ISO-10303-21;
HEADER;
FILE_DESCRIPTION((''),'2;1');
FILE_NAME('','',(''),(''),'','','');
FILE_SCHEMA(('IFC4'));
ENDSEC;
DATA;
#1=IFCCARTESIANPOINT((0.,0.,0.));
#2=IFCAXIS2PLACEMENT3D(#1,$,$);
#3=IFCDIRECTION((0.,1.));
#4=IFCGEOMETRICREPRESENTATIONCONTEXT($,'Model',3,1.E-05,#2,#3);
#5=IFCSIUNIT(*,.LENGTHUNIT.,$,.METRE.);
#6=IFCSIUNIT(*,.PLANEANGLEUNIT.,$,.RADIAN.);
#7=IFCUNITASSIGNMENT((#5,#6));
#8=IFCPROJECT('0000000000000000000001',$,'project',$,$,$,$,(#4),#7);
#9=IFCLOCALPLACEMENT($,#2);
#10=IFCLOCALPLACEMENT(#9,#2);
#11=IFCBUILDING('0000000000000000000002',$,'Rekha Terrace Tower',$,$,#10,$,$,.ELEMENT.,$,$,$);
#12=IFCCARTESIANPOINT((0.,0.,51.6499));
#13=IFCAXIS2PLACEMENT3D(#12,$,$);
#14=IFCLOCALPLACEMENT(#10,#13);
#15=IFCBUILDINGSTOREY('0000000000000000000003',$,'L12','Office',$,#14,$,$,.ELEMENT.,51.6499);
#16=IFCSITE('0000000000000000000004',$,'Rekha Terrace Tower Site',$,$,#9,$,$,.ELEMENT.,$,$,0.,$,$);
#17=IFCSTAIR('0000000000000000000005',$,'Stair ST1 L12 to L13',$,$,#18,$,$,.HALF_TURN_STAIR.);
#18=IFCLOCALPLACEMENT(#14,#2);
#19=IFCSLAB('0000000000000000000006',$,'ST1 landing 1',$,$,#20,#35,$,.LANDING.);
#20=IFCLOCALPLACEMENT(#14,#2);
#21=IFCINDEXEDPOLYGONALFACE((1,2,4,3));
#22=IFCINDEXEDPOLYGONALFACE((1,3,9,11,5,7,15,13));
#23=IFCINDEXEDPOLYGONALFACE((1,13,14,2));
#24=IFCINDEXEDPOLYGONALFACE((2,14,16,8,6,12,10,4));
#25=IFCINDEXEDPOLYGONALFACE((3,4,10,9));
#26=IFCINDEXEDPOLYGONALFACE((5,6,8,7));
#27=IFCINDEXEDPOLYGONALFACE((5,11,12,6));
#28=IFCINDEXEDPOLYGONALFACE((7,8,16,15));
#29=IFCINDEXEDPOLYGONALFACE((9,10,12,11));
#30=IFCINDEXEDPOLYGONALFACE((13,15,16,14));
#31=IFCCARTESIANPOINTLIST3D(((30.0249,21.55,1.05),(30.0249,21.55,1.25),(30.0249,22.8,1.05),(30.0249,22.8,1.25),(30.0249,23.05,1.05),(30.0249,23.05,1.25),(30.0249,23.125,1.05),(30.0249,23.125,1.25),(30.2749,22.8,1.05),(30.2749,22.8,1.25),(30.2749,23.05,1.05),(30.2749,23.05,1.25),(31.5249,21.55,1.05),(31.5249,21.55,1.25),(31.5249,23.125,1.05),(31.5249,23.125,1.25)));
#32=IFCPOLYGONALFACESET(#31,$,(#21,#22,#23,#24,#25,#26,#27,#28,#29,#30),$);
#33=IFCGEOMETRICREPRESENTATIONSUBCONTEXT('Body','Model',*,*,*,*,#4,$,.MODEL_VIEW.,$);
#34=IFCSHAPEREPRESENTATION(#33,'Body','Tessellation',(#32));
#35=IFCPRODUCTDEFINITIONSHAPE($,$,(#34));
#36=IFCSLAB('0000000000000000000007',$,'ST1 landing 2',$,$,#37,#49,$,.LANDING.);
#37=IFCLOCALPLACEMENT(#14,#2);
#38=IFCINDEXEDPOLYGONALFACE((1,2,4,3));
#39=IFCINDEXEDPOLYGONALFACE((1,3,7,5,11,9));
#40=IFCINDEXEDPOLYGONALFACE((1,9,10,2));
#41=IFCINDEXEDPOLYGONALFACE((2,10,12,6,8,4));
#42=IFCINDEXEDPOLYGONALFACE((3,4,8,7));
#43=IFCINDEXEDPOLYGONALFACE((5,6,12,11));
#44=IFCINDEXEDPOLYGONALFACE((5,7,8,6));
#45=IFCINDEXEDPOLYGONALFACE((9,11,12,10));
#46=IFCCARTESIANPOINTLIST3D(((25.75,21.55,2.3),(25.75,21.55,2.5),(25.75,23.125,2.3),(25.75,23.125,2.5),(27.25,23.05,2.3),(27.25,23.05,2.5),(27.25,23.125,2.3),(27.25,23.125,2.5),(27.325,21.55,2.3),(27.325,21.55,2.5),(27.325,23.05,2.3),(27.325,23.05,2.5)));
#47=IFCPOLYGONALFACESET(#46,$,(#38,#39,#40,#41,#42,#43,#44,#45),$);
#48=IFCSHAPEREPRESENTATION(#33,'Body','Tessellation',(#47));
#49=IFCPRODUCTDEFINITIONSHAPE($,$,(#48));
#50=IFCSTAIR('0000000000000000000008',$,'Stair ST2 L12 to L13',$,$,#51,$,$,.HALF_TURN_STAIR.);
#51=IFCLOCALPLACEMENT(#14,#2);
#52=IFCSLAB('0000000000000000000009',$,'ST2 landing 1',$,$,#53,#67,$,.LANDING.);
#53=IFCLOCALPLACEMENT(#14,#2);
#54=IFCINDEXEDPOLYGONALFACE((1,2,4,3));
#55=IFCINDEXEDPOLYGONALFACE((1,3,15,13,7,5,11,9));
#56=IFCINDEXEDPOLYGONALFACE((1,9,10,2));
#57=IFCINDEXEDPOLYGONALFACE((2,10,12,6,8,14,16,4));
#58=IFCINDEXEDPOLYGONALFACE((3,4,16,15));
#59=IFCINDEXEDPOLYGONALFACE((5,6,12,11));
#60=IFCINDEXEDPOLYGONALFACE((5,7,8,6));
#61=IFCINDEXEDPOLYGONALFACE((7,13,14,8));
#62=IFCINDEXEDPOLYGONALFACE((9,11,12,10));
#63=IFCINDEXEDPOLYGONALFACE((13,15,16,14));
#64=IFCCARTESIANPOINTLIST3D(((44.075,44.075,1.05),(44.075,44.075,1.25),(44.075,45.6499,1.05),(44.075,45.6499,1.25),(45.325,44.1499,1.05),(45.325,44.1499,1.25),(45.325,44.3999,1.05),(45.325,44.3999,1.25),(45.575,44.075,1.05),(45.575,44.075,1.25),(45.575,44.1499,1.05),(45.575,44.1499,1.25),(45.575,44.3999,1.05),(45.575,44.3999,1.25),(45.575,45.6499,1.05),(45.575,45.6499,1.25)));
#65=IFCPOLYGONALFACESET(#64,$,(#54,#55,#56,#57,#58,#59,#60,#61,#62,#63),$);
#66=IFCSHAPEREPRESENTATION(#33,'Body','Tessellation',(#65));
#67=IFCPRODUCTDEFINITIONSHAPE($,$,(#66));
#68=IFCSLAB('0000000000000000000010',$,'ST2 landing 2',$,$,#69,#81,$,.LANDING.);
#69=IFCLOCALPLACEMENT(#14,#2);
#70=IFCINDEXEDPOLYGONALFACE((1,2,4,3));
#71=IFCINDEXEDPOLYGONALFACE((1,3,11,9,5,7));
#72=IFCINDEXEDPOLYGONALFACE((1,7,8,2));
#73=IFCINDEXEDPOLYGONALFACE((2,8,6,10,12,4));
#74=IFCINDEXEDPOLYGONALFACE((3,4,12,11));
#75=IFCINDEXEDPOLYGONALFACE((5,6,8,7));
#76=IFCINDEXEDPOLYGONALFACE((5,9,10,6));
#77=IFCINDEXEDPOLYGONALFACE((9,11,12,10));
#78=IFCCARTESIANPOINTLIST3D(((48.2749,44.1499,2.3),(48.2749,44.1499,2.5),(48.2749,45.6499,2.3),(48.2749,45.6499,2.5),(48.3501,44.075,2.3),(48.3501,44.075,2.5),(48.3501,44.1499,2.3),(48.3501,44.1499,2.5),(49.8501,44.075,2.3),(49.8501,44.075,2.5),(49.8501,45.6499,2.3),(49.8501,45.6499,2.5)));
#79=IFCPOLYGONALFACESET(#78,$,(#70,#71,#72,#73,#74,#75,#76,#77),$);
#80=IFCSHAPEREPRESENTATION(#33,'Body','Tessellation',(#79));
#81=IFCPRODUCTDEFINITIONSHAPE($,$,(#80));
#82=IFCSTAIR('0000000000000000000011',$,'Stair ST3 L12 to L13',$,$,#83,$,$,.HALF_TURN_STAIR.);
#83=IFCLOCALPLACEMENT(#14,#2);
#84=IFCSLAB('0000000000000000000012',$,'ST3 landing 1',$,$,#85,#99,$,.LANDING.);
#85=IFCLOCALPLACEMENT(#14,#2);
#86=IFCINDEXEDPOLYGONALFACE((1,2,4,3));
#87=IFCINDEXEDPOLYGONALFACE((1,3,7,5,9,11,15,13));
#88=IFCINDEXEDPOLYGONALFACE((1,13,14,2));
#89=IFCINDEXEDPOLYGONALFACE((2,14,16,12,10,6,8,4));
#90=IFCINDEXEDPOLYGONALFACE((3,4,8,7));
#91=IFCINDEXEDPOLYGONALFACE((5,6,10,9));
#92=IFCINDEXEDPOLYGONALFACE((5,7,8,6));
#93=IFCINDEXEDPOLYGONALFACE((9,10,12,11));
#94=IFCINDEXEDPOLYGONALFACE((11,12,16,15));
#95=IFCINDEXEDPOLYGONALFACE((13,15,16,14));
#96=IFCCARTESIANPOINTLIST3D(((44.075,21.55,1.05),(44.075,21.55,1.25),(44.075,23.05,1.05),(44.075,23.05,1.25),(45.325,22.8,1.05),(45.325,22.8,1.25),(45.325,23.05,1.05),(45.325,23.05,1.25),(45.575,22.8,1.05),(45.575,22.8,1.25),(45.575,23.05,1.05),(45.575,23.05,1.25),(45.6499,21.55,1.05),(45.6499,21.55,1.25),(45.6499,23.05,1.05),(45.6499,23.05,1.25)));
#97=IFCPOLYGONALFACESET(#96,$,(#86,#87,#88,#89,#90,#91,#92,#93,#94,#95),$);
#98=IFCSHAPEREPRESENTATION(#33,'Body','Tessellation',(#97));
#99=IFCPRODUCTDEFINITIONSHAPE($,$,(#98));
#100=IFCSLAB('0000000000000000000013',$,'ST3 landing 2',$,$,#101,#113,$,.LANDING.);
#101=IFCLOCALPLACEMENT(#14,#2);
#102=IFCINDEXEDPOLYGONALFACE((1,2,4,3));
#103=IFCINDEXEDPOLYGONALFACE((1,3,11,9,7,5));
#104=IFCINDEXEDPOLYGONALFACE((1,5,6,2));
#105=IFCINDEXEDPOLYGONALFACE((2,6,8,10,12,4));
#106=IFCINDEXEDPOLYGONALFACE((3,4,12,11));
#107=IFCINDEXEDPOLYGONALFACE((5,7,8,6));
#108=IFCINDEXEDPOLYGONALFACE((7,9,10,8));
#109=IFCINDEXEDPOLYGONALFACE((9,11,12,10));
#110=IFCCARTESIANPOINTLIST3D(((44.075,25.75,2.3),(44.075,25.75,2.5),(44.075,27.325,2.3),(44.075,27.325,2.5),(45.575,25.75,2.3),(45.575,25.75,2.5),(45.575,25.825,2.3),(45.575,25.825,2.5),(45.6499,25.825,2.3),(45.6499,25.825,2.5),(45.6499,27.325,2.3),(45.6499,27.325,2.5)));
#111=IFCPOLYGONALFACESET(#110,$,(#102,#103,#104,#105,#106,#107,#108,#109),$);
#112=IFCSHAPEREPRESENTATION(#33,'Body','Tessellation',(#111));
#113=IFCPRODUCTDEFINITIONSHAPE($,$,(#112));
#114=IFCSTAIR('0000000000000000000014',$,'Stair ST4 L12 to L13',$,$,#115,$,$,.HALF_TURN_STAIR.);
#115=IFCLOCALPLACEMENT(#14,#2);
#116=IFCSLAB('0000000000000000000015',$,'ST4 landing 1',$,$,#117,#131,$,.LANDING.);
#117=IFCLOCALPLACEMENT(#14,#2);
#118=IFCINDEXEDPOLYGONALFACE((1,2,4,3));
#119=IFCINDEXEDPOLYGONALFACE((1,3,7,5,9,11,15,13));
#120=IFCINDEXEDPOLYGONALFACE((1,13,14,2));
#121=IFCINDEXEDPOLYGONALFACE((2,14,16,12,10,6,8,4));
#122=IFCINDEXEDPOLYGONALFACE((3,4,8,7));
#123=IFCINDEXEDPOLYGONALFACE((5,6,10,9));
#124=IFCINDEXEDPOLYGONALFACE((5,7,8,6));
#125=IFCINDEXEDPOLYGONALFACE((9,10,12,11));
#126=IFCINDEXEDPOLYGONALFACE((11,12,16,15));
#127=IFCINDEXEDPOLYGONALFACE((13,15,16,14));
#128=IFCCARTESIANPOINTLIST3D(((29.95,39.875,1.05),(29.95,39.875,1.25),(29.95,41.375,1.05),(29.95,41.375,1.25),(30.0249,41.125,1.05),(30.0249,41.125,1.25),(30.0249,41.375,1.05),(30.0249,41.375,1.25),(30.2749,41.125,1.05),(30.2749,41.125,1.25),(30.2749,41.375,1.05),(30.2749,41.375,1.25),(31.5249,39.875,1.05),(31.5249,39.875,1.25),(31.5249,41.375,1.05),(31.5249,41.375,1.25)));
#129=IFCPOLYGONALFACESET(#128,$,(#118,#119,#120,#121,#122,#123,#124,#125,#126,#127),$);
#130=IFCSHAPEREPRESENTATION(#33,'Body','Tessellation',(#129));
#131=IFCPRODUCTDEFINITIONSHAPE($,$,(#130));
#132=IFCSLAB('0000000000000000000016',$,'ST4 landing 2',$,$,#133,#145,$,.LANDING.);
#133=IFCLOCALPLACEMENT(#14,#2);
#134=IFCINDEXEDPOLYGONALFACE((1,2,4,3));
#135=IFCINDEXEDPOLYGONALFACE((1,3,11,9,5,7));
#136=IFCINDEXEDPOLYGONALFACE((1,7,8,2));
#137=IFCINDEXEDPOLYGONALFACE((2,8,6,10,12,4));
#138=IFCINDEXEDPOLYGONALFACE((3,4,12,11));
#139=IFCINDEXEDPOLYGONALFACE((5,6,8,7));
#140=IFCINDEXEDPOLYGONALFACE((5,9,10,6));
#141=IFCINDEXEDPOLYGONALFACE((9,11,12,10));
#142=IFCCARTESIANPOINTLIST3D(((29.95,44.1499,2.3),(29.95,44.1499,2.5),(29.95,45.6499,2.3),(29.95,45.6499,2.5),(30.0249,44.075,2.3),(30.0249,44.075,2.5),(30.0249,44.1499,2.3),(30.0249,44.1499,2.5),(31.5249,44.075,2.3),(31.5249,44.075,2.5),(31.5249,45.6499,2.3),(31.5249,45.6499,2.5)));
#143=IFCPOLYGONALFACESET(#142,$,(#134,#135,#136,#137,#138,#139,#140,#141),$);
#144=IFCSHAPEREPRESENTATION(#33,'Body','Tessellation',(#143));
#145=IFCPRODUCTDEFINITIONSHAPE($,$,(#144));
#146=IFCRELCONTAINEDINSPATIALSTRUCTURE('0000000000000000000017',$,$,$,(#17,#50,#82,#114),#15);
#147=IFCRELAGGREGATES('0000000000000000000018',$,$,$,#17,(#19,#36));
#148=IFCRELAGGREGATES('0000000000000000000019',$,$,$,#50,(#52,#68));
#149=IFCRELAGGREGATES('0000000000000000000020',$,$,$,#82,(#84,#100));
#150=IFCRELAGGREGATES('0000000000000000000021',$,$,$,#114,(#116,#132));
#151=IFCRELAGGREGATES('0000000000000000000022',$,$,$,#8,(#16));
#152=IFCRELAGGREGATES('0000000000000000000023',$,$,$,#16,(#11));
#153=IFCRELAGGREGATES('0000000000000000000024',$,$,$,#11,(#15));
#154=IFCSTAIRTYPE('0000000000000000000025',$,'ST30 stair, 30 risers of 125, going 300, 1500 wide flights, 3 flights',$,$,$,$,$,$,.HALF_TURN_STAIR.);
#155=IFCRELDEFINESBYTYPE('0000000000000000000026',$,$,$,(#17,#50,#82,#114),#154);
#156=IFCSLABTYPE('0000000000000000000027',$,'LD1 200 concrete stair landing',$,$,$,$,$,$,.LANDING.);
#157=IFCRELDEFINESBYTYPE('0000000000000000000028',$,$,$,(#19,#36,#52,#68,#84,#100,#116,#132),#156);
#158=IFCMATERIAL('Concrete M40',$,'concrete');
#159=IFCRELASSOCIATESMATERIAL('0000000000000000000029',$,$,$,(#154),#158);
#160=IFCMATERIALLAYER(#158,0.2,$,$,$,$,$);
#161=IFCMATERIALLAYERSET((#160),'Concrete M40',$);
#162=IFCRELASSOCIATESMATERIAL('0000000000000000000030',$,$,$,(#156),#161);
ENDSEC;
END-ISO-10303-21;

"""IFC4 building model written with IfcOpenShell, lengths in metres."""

from ifc_helpers import new_model, si_unit, direction, frame, origin, place, context, subcontext, project, spatial, polyline, outline, extrude, material, layer, layer_set, type_object, element, aggregate, save


model = new_model("IFC4")

# Units and contexts
model_context = context("Model", 3, precision=1e-05, world=origin(), true_north=direction((0.0, 1.0)))
body_context = subcontext(model_context, "Body", "Model", "MODEL_VIEW")
ifc_project = project(units=[si_unit("LENGTHUNIT", "METRE"), si_unit("PLANEANGLEUNIT", "RADIAN")], contexts=[model_context])

# Site, building, storey
site_placement = place(None, origin())
site = spatial("IfcSite", under=ifc_project, at=site_placement, Name="Rekha Terrace Tower Site", CompositionType="ELEMENT", RefElevation=0.0)
building_placement = place(site_placement, origin())
building = spatial("IfcBuilding", under=site, at=building_placement, Name="Rekha Terrace Tower", CompositionType="ELEMENT")
storey_placement = place(building_placement, frame((0.0, 0.0, 51.6499)))
storey = spatial("IfcBuildingStorey", under=building, at=storey_placement, Name="L12", Description="Office", CompositionType="ELEMENT", Elevation=51.6499)

# Stairs, slabs
ifc_material_1 = material(Name="Concrete M40", Category="concrete")
stair_type = type_object("IfcStairType", Name="ST30 stair, 30 risers of 125, going 300, 1500 wide flights, 3 flights", PredefinedType="HALF_TURN_STAIR", material=ifc_material_1)
stair_1_placement = place(storey_placement, origin())
stair_1 = element("IfcStair", 1, at=stair_1_placement, inside=storey, type_object=stair_type, Name="Stair ST1 L12 to L13", PredefinedType="HALF_TURN_STAIR")
ifc_layer_1 = layer(ifc_material_1, 0.2)
ifc_layer_set_1 = layer_set([ifc_layer_1], Name="Concrete M40")
slab_type_1 = type_object("IfcSlabType", Name="LD1 200 concrete stair landing", PredefinedType="LANDING", material=ifc_layer_set_1)
slab_1_placement = place(storey_placement, frame((0.0, 0.0, 1.05)))
slab_1 = element("IfcSlab", 2, at=slab_1_placement, type_object=slab_type_1, Name="ST1 landing 1", PredefinedType="LANDING", context=body_context, shape_type="SweptSolid", body=[
    extrude(outline(polyline([(30.0249, 21.55), (31.5249, 21.55), (31.5249, 23.125), (30.0249, 23.125), (30.0249, 23.05), (30.2749, 23.05), (30.2749, 22.8), (30.0249, 22.8), (30.0249, 21.55)])), origin(), (0.0, 0.0, 1.0), 0.2),
])
slab_2_placement = place(storey_placement, frame((0.0, 0.0, 2.3)))
slab_2 = element("IfcSlab", 3, at=slab_2_placement, type_object=slab_type_1, Name="ST1 landing 2", PredefinedType="LANDING", context=body_context, shape_type="SweptSolid", body=[
    extrude(outline(polyline([(27.25, 23.125), (25.75, 23.125), (25.75, 21.55), (27.325, 21.55), (27.325, 23.05), (27.25, 23.05), (27.25, 23.125)])), origin(), (0.0, 0.0, 1.0), 0.2),
])
aggregate(stair_1, [slab_1, slab_2])
stair_2_placement = place(storey_placement, origin())
stair_2 = element("IfcStair", 4, at=stair_2_placement, inside=storey, type_object=stair_type, Name="Stair ST2 L12 to L13", PredefinedType="HALF_TURN_STAIR")
slab_3_placement = place(storey_placement, frame((0.0, 0.0, 1.05)))
slab_3 = element("IfcSlab", 5, at=slab_3_placement, type_object=slab_type_1, Name="ST2 landing 1", PredefinedType="LANDING", context=body_context, shape_type="SweptSolid", body=[
    extrude(outline(polyline([(45.575, 45.6499), (44.075, 45.6499), (44.075, 44.075), (45.575, 44.075), (45.575, 44.1499), (45.325, 44.1499), (45.325, 44.3999), (45.575, 44.3999), (45.575, 45.6499)])), origin(), (0.0, 0.0, 1.0), 0.2),
])
slab_4_placement = place(storey_placement, frame((0.0, 0.0, 2.3)))
slab_4 = element("IfcSlab", 6, at=slab_4_placement, type_object=slab_type_1, Name="ST2 landing 2", PredefinedType="LANDING", context=body_context, shape_type="SweptSolid", body=[
    extrude(outline(polyline([(48.3501, 44.075), (49.8501, 44.075), (49.8501, 45.6499), (48.2749, 45.6499), (48.2749, 44.1499), (48.3501, 44.1499), (48.3501, 44.075)])), origin(), (0.0, 0.0, 1.0), 0.2),
])
aggregate(stair_2, [slab_3, slab_4])
stair_3_placement = place(storey_placement, origin())
stair_3 = element("IfcStair", 7, at=stair_3_placement, inside=storey, type_object=stair_type, Name="Stair ST3 L12 to L13", PredefinedType="HALF_TURN_STAIR")
slab_5_placement = place(storey_placement, frame((0.0, 0.0, 1.05)))
slab_5 = element("IfcSlab", 8, at=slab_5_placement, type_object=slab_type_1, Name="ST3 landing 1", PredefinedType="LANDING", context=body_context, shape_type="SweptSolid", body=[
    extrude(outline(polyline([(44.075, 23.05), (44.075, 21.55), (45.6499, 21.55), (45.6499, 23.05), (45.575, 23.05), (45.575, 22.8), (45.325, 22.8), (45.325, 23.05), (44.075, 23.05)])), origin(), (0.0, 0.0, 1.0), 0.2),
])
slab_6_placement = place(storey_placement, frame((0.0, 0.0, 2.3)))
slab_6 = element("IfcSlab", 9, at=slab_6_placement, type_object=slab_type_1, Name="ST3 landing 2", PredefinedType="LANDING", context=body_context, shape_type="SweptSolid", body=[
    extrude(outline(polyline([(45.6499, 25.825), (45.6499, 27.325), (44.075, 27.325), (44.075, 25.75), (45.575, 25.75), (45.575, 25.825), (45.6499, 25.825)])), origin(), (0.0, 0.0, 1.0), 0.2),
])
aggregate(stair_3, [slab_5, slab_6])
stair_4_placement = place(storey_placement, origin())
stair_4 = element("IfcStair", 10, at=stair_4_placement, inside=storey, type_object=stair_type, Name="Stair ST4 L12 to L13", PredefinedType="HALF_TURN_STAIR")
slab_7_placement = place(storey_placement, frame((0.0, 0.0, 1.05)))
slab_7 = element("IfcSlab", 11, at=slab_7_placement, type_object=slab_type_1, Name="ST4 landing 1", PredefinedType="LANDING", context=body_context, shape_type="SweptSolid", body=[
    extrude(outline(polyline([(31.5249, 41.375), (31.5249, 39.875), (29.95, 39.875), (29.95, 41.375), (30.0249, 41.375), (30.0249, 41.125), (30.2749, 41.125), (30.2749, 41.375), (31.5249, 41.375)])), origin(), (0.0, 0.0, 1.0), 0.2),
])
slab_8_placement = place(storey_placement, frame((0.0, 0.0, 2.3)))
slab_8 = element("IfcSlab", 12, at=slab_8_placement, type_object=slab_type_1, Name="ST4 landing 2", PredefinedType="LANDING", context=body_context, shape_type="SweptSolid", body=[
    extrude(outline(polyline([(29.95, 44.1499), (29.95, 45.6499), (31.5249, 45.6499), (31.5249, 44.075), (30.0249, 44.075), (30.0249, 44.1499), (29.95, 44.1499)])), origin(), (0.0, 0.0, 1.0), 0.2),
])
aggregate(stair_4, [slab_7, slab_8])

save(model, "model.ifc")
